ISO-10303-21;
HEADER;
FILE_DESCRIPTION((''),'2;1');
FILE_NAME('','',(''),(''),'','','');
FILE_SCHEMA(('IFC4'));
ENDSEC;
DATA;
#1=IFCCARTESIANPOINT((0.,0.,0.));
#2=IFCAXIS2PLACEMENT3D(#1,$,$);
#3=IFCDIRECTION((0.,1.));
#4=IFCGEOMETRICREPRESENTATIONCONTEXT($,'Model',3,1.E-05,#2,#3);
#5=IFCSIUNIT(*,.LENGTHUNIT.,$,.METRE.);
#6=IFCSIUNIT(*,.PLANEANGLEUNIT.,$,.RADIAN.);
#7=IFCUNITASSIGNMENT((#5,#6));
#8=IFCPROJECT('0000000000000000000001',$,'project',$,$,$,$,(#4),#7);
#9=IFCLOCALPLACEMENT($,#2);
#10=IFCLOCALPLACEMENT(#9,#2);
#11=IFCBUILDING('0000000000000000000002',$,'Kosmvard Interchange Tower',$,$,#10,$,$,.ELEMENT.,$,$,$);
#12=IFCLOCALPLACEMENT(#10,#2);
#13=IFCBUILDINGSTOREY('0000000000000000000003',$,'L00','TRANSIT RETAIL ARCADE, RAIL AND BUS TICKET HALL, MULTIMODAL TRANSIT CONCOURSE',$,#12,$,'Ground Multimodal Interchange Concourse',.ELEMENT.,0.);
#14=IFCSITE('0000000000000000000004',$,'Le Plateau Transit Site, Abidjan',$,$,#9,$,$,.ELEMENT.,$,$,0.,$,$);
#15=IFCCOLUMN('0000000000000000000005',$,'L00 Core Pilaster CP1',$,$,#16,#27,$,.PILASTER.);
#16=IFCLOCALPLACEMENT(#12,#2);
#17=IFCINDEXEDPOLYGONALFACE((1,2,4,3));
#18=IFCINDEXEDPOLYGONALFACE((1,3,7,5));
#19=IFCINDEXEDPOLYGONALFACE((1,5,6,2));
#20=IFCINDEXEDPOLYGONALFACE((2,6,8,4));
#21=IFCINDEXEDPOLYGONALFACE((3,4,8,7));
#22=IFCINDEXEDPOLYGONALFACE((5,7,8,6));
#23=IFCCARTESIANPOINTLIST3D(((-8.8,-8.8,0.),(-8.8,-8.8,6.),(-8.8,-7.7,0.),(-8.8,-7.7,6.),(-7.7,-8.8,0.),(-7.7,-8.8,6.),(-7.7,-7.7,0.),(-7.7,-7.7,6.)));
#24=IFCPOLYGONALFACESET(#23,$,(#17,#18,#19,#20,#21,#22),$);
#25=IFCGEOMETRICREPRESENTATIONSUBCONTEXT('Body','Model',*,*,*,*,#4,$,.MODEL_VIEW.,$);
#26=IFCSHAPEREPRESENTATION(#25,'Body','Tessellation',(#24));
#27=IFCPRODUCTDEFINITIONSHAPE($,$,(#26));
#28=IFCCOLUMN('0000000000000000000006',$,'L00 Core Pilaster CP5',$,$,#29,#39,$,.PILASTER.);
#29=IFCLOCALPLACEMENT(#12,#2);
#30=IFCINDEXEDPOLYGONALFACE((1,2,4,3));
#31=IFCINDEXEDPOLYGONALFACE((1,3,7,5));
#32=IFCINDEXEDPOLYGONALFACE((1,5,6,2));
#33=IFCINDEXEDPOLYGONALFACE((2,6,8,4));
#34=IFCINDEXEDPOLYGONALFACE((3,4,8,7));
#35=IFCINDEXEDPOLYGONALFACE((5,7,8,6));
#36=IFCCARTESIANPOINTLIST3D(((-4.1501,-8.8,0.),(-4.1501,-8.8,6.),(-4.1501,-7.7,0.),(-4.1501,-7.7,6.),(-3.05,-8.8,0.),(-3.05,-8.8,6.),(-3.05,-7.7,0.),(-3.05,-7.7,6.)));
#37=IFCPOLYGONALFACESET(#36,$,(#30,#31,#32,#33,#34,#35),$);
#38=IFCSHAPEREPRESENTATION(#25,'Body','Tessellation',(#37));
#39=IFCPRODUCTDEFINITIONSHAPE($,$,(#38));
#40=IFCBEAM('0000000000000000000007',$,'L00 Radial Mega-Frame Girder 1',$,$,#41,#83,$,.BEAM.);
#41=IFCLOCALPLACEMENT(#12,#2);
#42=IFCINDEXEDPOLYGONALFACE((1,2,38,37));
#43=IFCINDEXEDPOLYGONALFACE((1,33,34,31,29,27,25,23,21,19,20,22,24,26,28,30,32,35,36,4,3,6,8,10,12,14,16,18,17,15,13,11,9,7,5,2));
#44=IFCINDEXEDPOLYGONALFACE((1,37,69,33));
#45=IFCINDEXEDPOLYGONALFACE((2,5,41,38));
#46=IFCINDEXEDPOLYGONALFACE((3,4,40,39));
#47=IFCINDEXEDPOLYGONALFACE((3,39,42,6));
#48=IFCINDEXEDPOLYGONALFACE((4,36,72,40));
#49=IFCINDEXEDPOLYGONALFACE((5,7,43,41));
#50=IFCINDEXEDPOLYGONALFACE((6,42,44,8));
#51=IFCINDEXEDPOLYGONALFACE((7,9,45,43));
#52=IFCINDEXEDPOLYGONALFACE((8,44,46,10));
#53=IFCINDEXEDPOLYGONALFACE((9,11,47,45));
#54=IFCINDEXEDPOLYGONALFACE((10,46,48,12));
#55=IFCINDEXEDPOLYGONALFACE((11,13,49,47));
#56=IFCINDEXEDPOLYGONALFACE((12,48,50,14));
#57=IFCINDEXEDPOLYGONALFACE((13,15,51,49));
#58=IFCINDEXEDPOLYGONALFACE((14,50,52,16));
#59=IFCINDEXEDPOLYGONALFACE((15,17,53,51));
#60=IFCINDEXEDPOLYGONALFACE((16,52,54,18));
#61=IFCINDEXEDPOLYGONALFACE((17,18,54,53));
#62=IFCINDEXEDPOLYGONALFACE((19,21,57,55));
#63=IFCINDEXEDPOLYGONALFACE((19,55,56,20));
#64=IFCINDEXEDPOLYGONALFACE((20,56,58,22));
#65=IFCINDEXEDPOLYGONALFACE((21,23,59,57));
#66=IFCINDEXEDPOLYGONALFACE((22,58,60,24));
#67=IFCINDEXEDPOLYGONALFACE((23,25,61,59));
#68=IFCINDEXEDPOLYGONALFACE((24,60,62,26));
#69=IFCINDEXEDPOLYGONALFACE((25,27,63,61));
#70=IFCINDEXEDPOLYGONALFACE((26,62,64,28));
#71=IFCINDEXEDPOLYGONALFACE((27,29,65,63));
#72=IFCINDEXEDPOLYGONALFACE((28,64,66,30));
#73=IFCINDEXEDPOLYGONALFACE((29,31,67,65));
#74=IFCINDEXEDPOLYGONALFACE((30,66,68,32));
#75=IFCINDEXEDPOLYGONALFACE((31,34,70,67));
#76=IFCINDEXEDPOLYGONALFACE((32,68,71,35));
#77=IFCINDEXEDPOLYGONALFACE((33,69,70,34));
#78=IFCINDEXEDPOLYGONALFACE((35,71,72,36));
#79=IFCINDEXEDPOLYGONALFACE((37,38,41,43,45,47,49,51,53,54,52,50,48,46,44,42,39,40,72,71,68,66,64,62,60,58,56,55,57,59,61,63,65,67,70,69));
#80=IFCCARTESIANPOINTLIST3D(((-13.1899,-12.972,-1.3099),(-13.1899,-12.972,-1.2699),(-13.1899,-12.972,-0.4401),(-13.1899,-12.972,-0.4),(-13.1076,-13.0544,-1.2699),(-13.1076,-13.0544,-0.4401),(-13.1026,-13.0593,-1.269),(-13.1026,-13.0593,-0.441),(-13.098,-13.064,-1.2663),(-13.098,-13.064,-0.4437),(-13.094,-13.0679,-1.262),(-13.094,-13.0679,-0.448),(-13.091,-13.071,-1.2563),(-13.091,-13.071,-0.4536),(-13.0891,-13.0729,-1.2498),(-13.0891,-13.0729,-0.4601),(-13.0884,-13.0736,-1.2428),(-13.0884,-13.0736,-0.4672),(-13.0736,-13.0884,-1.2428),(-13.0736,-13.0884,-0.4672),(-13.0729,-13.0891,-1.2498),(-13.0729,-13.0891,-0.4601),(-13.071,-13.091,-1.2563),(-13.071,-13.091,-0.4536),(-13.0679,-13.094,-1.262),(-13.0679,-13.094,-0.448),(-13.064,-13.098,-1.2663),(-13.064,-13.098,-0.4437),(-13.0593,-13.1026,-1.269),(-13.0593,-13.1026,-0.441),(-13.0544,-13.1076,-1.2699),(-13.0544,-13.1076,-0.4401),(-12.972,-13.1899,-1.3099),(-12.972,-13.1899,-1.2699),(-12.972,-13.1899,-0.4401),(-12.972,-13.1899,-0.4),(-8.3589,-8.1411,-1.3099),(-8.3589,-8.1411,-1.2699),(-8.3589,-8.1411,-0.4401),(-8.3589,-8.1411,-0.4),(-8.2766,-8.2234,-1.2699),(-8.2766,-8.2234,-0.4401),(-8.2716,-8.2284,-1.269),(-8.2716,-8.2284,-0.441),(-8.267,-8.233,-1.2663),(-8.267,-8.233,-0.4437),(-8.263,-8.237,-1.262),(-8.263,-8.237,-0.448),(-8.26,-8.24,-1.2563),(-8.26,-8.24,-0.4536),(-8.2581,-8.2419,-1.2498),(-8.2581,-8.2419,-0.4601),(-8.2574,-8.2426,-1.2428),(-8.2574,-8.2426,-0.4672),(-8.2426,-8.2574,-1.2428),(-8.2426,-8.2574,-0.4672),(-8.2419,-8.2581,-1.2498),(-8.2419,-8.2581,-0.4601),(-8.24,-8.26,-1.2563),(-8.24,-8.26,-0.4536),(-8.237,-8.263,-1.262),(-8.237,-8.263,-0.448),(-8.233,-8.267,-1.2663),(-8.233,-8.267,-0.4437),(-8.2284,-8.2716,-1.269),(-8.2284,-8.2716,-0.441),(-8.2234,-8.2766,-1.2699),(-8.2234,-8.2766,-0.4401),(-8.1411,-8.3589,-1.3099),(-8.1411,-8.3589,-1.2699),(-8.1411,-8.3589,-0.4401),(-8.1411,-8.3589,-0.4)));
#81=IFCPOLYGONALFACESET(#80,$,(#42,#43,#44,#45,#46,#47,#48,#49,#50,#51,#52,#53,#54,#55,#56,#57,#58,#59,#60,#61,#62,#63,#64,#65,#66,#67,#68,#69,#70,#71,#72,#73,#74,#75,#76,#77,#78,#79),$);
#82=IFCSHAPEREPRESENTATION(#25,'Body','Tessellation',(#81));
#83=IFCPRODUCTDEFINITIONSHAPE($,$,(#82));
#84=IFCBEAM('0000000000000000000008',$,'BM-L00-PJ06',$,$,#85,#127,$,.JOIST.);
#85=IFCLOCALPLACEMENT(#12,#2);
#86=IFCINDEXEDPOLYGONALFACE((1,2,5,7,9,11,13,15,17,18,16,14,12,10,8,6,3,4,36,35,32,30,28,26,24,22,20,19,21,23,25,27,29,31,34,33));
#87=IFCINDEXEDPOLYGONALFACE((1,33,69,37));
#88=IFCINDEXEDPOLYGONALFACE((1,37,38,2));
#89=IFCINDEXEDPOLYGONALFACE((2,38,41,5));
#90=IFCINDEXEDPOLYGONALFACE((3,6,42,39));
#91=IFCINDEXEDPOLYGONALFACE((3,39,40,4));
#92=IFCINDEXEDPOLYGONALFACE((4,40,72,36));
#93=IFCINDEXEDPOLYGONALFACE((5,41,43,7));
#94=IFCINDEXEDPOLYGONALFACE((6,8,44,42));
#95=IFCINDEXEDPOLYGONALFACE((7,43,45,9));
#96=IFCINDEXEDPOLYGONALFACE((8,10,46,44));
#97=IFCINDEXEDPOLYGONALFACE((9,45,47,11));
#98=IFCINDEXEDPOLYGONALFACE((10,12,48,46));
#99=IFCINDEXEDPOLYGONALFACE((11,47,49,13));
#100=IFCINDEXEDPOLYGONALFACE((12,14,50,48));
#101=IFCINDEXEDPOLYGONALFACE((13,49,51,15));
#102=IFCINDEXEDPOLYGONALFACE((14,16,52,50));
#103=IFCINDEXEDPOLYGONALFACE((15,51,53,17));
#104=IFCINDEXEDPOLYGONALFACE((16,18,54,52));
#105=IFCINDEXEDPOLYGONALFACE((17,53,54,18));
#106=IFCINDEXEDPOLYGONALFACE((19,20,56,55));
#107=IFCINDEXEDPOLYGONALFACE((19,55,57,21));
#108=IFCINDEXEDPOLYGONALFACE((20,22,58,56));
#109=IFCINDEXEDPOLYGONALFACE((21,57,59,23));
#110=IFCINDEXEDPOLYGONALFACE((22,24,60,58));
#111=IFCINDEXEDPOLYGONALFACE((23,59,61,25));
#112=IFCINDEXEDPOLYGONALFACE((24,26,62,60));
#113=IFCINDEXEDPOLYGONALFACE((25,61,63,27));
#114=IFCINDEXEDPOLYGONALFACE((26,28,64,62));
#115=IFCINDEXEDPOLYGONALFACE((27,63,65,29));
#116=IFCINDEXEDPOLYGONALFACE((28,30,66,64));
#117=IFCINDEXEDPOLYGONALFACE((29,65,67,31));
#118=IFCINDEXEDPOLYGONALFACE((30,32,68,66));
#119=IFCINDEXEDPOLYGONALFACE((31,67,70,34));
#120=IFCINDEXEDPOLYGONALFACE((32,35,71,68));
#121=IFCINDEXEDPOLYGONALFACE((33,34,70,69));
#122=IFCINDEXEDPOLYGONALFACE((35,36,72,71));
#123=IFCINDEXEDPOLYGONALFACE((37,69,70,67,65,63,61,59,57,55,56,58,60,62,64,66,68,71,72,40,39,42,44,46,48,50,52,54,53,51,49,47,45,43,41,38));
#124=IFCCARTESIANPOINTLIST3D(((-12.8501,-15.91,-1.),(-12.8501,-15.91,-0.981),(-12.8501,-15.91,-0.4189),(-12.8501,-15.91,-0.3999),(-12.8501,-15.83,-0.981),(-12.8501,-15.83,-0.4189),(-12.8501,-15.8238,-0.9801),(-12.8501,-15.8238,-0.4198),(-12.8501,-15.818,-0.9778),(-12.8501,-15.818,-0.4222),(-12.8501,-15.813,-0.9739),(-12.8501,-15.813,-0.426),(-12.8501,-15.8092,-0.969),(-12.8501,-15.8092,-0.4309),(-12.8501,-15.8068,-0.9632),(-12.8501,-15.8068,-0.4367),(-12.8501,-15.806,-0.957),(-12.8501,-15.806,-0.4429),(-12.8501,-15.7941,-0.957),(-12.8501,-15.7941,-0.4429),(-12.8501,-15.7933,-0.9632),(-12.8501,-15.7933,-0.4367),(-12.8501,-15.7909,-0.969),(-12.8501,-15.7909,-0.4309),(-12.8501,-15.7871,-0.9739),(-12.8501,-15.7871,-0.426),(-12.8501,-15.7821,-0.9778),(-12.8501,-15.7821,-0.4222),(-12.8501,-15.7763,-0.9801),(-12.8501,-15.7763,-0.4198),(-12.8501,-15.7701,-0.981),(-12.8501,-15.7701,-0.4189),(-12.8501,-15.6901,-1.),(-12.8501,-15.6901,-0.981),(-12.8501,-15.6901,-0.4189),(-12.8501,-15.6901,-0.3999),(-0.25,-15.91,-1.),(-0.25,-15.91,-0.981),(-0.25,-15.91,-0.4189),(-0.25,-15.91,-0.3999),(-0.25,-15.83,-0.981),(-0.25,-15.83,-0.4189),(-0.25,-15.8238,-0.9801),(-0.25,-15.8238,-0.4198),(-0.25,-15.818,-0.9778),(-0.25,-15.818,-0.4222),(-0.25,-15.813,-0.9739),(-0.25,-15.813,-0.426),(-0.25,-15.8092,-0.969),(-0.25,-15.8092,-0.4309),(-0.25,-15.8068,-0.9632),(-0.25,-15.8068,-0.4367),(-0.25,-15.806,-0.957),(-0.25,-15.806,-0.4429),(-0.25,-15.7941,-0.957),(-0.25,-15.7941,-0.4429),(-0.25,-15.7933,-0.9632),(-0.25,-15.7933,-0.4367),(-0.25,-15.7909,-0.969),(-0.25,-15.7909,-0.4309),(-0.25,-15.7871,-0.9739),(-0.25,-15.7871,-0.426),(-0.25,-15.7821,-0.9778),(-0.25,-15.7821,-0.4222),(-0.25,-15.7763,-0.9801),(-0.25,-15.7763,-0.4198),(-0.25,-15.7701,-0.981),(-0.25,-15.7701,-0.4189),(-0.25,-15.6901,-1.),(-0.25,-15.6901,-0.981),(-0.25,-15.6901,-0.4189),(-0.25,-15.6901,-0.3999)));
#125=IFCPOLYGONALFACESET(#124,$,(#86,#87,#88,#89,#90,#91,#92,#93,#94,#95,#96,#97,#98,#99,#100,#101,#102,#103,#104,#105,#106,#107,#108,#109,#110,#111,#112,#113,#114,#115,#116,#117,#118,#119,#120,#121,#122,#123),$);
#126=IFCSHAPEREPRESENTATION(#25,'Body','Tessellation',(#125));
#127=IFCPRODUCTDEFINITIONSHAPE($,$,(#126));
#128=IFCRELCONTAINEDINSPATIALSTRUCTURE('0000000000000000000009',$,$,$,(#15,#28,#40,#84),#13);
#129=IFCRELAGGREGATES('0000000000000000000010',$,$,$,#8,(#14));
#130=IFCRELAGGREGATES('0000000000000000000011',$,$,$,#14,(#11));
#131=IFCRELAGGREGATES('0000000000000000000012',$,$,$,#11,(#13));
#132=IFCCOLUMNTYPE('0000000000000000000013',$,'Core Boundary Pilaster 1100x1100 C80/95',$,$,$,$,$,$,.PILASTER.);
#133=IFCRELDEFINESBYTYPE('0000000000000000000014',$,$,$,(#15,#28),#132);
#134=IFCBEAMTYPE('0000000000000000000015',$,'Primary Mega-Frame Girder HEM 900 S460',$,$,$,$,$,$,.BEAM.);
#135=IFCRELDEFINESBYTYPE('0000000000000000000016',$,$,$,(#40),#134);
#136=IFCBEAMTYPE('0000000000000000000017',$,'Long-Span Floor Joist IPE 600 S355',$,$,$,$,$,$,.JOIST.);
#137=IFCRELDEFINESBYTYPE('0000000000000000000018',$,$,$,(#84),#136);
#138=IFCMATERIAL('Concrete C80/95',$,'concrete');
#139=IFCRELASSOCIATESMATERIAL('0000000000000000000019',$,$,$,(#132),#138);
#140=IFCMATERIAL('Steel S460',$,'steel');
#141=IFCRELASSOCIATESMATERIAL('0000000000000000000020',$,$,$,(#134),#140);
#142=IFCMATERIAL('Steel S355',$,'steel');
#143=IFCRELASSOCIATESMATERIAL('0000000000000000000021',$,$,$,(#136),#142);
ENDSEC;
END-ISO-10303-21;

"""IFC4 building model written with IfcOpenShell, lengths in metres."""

from ifc_helpers import new_model, si_unit, direction, frame, origin, origin_2d, place, context, subcontext, project, spatial, rectangle, i_section, extrude, source, transform, mapped, material, material_profile, profile_set, type_object, element, save


model = new_model("IFC4")

# Units and contexts
model_context = context("Model", 3, precision=1e-05, world=origin(), true_north=direction((0.0, 1.0)))
body_context = subcontext(model_context, "Body", "Model", "MODEL_VIEW")
ifc_project = project(units=[si_unit("LENGTHUNIT", "METRE"), si_unit("PLANEANGLEUNIT", "RADIAN")], contexts=[model_context])

# Site, building, storey
site_placement = place(None, origin())
site = spatial("IfcSite", under=ifc_project, at=site_placement, Name="Le Plateau Transit Site, Abidjan", CompositionType="ELEMENT", RefElevation=0.0)
building_placement = place(site_placement, origin())
building = spatial("IfcBuilding", under=site, at=building_placement, Name="Kosmvard Interchange Tower", CompositionType="ELEMENT")
storey_placement = place(building_placement, origin())
storey = spatial("IfcBuildingStorey", under=building, at=storey_placement, Name="L00", Description="TRANSIT RETAIL ARCADE, RAIL AND BUS TICKET HALL, MULTIMODAL TRANSIT CONCOURSE", LongName="Ground Multimodal Interchange Concourse", CompositionType="ELEMENT", Elevation=0.0)

# Columns
ifc_material_1 = material(Name="Concrete C80/95", Category="concrete")
ifc_material_profile_1 = material_profile(ifc_material_1, rectangle(XDim=1.1001, YDim=1.1001, at=origin_2d()), Name="CP 1100x1100")
ifc_profile_set_1 = profile_set([ifc_material_profile_1], Name="Concrete C80/95")
column_type = type_object("IfcColumnType", Name="Core Boundary Pilaster 1100x1100 C80/95", PredefinedType="PILASTER", material=ifc_profile_set_1)
shared_shape_1 = source(origin(), body_context, "Body", "SweptSolid", [
    extrude(rectangle(XDim=1.1001, YDim=1.1001, at=origin_2d()), origin(), (0.0, 0.0, 1.0), 6.0),
])
for number, where, z_axis, x_axis, name in (
    (1, (-8.25, -8.25, 0.0), (0.0, 0.0, 1.0), (1.0, 0.0, 0.0), "L00 Core Pilaster CP1"),
    (2, (-3.6001, -8.25, 0.0), (0.0, 0.0, 1.0), (1.0, 0.0, 0.0), "L00 Core Pilaster CP5"),
):
    element("IfcColumn", number, at=place(storey_placement, frame(where, z_axis=z_axis, x_axis=x_axis)), inside=storey, type_object=column_type, Name=name, PredefinedType="PILASTER", context=body_context, shape_type="MappedRepresentation", body=[
        mapped(shared_shape_1, transform((0.0, 0.0, 0.0), scale=1.0)),
    ])

# Beams
ifc_material_2 = material(Name="Steel S460", Category="steel")
ifc_material_profile_2 = material_profile(ifc_material_2, i_section(OverallWidth=0.3081, OverallDepth=0.9099, WebThickness=0.021, FlangeThickness=0.04, FilletRadius=0.0271, at=origin_2d()), Name="HEM 900")
ifc_profile_set_2 = profile_set([ifc_material_profile_2], Name="Steel S460")
beam_type_1 = type_object("IfcBeamType", Name="Primary Mega-Frame Girder HEM 900 S460", PredefinedType="BEAM", material=ifc_profile_set_2)
shared_shape_2 = source(origin(), body_context, "Body", "SweptSolid", [
    extrude(i_section(OverallWidth=0.3081, OverallDepth=0.9099, WebThickness=0.021, FlangeThickness=0.04, FilletRadius=0.0271, at=origin_2d()), origin(), (0.0, 0.0, 1.0), 6.832),
])
beam_1_placement = place(storey_placement, frame((-8.25, -8.25, -0.855), z_axis=(-0.707107, -0.707107, 0.0), x_axis=(0.707107, -0.707107, 0.0)))
element("IfcBeam", 3, at=beam_1_placement, inside=storey, type_object=beam_type_1, Name="L00 Radial Mega-Frame Girder 1", PredefinedType="BEAM", context=body_context, shape_type="MappedRepresentation", body=[
    mapped(shared_shape_2, transform((0.0, 0.0, 0.0), scale=1.0)),
])
ifc_material_3 = material(Name="Steel S355", Category="steel")
ifc_material_profile_3 = material_profile(ifc_material_3, i_section(OverallWidth=0.22, OverallDepth=0.6001, WebThickness=0.012, FlangeThickness=0.019, FilletRadius=0.0239, at=origin_2d()), Name="IPE 600")
ifc_profile_set_3 = profile_set([ifc_material_profile_3], Name="Steel S355")
beam_type_2 = type_object("IfcBeamType", Name="Long-Span Floor Joist IPE 600 S355", PredefinedType="JOIST", material=ifc_profile_set_3)
shared_shape_3 = source(origin(), body_context, "Body", "SweptSolid", [
    extrude(i_section(OverallWidth=0.22, OverallDepth=0.6001, WebThickness=0.012, FlangeThickness=0.019, FilletRadius=0.0239, at=origin_2d()), origin(), (0.0, 0.0, 1.0), 12.6001),
])
beam_2_placement = place(storey_placement, frame((-12.8501, -15.8, -0.7), z_axis=(1.0, 0.0, 0.0), x_axis=(0.0, 1.0, 0.0)))
element("IfcBeam", 4, at=beam_2_placement, inside=storey, type_object=beam_type_2, Name="BM-L00-PJ06", PredefinedType="JOIST", context=body_context, shape_type="MappedRepresentation", body=[
    mapped(shared_shape_3, transform((0.0, 0.0, 0.0), scale=1.0)),
])

save(model, "model.ifc")
